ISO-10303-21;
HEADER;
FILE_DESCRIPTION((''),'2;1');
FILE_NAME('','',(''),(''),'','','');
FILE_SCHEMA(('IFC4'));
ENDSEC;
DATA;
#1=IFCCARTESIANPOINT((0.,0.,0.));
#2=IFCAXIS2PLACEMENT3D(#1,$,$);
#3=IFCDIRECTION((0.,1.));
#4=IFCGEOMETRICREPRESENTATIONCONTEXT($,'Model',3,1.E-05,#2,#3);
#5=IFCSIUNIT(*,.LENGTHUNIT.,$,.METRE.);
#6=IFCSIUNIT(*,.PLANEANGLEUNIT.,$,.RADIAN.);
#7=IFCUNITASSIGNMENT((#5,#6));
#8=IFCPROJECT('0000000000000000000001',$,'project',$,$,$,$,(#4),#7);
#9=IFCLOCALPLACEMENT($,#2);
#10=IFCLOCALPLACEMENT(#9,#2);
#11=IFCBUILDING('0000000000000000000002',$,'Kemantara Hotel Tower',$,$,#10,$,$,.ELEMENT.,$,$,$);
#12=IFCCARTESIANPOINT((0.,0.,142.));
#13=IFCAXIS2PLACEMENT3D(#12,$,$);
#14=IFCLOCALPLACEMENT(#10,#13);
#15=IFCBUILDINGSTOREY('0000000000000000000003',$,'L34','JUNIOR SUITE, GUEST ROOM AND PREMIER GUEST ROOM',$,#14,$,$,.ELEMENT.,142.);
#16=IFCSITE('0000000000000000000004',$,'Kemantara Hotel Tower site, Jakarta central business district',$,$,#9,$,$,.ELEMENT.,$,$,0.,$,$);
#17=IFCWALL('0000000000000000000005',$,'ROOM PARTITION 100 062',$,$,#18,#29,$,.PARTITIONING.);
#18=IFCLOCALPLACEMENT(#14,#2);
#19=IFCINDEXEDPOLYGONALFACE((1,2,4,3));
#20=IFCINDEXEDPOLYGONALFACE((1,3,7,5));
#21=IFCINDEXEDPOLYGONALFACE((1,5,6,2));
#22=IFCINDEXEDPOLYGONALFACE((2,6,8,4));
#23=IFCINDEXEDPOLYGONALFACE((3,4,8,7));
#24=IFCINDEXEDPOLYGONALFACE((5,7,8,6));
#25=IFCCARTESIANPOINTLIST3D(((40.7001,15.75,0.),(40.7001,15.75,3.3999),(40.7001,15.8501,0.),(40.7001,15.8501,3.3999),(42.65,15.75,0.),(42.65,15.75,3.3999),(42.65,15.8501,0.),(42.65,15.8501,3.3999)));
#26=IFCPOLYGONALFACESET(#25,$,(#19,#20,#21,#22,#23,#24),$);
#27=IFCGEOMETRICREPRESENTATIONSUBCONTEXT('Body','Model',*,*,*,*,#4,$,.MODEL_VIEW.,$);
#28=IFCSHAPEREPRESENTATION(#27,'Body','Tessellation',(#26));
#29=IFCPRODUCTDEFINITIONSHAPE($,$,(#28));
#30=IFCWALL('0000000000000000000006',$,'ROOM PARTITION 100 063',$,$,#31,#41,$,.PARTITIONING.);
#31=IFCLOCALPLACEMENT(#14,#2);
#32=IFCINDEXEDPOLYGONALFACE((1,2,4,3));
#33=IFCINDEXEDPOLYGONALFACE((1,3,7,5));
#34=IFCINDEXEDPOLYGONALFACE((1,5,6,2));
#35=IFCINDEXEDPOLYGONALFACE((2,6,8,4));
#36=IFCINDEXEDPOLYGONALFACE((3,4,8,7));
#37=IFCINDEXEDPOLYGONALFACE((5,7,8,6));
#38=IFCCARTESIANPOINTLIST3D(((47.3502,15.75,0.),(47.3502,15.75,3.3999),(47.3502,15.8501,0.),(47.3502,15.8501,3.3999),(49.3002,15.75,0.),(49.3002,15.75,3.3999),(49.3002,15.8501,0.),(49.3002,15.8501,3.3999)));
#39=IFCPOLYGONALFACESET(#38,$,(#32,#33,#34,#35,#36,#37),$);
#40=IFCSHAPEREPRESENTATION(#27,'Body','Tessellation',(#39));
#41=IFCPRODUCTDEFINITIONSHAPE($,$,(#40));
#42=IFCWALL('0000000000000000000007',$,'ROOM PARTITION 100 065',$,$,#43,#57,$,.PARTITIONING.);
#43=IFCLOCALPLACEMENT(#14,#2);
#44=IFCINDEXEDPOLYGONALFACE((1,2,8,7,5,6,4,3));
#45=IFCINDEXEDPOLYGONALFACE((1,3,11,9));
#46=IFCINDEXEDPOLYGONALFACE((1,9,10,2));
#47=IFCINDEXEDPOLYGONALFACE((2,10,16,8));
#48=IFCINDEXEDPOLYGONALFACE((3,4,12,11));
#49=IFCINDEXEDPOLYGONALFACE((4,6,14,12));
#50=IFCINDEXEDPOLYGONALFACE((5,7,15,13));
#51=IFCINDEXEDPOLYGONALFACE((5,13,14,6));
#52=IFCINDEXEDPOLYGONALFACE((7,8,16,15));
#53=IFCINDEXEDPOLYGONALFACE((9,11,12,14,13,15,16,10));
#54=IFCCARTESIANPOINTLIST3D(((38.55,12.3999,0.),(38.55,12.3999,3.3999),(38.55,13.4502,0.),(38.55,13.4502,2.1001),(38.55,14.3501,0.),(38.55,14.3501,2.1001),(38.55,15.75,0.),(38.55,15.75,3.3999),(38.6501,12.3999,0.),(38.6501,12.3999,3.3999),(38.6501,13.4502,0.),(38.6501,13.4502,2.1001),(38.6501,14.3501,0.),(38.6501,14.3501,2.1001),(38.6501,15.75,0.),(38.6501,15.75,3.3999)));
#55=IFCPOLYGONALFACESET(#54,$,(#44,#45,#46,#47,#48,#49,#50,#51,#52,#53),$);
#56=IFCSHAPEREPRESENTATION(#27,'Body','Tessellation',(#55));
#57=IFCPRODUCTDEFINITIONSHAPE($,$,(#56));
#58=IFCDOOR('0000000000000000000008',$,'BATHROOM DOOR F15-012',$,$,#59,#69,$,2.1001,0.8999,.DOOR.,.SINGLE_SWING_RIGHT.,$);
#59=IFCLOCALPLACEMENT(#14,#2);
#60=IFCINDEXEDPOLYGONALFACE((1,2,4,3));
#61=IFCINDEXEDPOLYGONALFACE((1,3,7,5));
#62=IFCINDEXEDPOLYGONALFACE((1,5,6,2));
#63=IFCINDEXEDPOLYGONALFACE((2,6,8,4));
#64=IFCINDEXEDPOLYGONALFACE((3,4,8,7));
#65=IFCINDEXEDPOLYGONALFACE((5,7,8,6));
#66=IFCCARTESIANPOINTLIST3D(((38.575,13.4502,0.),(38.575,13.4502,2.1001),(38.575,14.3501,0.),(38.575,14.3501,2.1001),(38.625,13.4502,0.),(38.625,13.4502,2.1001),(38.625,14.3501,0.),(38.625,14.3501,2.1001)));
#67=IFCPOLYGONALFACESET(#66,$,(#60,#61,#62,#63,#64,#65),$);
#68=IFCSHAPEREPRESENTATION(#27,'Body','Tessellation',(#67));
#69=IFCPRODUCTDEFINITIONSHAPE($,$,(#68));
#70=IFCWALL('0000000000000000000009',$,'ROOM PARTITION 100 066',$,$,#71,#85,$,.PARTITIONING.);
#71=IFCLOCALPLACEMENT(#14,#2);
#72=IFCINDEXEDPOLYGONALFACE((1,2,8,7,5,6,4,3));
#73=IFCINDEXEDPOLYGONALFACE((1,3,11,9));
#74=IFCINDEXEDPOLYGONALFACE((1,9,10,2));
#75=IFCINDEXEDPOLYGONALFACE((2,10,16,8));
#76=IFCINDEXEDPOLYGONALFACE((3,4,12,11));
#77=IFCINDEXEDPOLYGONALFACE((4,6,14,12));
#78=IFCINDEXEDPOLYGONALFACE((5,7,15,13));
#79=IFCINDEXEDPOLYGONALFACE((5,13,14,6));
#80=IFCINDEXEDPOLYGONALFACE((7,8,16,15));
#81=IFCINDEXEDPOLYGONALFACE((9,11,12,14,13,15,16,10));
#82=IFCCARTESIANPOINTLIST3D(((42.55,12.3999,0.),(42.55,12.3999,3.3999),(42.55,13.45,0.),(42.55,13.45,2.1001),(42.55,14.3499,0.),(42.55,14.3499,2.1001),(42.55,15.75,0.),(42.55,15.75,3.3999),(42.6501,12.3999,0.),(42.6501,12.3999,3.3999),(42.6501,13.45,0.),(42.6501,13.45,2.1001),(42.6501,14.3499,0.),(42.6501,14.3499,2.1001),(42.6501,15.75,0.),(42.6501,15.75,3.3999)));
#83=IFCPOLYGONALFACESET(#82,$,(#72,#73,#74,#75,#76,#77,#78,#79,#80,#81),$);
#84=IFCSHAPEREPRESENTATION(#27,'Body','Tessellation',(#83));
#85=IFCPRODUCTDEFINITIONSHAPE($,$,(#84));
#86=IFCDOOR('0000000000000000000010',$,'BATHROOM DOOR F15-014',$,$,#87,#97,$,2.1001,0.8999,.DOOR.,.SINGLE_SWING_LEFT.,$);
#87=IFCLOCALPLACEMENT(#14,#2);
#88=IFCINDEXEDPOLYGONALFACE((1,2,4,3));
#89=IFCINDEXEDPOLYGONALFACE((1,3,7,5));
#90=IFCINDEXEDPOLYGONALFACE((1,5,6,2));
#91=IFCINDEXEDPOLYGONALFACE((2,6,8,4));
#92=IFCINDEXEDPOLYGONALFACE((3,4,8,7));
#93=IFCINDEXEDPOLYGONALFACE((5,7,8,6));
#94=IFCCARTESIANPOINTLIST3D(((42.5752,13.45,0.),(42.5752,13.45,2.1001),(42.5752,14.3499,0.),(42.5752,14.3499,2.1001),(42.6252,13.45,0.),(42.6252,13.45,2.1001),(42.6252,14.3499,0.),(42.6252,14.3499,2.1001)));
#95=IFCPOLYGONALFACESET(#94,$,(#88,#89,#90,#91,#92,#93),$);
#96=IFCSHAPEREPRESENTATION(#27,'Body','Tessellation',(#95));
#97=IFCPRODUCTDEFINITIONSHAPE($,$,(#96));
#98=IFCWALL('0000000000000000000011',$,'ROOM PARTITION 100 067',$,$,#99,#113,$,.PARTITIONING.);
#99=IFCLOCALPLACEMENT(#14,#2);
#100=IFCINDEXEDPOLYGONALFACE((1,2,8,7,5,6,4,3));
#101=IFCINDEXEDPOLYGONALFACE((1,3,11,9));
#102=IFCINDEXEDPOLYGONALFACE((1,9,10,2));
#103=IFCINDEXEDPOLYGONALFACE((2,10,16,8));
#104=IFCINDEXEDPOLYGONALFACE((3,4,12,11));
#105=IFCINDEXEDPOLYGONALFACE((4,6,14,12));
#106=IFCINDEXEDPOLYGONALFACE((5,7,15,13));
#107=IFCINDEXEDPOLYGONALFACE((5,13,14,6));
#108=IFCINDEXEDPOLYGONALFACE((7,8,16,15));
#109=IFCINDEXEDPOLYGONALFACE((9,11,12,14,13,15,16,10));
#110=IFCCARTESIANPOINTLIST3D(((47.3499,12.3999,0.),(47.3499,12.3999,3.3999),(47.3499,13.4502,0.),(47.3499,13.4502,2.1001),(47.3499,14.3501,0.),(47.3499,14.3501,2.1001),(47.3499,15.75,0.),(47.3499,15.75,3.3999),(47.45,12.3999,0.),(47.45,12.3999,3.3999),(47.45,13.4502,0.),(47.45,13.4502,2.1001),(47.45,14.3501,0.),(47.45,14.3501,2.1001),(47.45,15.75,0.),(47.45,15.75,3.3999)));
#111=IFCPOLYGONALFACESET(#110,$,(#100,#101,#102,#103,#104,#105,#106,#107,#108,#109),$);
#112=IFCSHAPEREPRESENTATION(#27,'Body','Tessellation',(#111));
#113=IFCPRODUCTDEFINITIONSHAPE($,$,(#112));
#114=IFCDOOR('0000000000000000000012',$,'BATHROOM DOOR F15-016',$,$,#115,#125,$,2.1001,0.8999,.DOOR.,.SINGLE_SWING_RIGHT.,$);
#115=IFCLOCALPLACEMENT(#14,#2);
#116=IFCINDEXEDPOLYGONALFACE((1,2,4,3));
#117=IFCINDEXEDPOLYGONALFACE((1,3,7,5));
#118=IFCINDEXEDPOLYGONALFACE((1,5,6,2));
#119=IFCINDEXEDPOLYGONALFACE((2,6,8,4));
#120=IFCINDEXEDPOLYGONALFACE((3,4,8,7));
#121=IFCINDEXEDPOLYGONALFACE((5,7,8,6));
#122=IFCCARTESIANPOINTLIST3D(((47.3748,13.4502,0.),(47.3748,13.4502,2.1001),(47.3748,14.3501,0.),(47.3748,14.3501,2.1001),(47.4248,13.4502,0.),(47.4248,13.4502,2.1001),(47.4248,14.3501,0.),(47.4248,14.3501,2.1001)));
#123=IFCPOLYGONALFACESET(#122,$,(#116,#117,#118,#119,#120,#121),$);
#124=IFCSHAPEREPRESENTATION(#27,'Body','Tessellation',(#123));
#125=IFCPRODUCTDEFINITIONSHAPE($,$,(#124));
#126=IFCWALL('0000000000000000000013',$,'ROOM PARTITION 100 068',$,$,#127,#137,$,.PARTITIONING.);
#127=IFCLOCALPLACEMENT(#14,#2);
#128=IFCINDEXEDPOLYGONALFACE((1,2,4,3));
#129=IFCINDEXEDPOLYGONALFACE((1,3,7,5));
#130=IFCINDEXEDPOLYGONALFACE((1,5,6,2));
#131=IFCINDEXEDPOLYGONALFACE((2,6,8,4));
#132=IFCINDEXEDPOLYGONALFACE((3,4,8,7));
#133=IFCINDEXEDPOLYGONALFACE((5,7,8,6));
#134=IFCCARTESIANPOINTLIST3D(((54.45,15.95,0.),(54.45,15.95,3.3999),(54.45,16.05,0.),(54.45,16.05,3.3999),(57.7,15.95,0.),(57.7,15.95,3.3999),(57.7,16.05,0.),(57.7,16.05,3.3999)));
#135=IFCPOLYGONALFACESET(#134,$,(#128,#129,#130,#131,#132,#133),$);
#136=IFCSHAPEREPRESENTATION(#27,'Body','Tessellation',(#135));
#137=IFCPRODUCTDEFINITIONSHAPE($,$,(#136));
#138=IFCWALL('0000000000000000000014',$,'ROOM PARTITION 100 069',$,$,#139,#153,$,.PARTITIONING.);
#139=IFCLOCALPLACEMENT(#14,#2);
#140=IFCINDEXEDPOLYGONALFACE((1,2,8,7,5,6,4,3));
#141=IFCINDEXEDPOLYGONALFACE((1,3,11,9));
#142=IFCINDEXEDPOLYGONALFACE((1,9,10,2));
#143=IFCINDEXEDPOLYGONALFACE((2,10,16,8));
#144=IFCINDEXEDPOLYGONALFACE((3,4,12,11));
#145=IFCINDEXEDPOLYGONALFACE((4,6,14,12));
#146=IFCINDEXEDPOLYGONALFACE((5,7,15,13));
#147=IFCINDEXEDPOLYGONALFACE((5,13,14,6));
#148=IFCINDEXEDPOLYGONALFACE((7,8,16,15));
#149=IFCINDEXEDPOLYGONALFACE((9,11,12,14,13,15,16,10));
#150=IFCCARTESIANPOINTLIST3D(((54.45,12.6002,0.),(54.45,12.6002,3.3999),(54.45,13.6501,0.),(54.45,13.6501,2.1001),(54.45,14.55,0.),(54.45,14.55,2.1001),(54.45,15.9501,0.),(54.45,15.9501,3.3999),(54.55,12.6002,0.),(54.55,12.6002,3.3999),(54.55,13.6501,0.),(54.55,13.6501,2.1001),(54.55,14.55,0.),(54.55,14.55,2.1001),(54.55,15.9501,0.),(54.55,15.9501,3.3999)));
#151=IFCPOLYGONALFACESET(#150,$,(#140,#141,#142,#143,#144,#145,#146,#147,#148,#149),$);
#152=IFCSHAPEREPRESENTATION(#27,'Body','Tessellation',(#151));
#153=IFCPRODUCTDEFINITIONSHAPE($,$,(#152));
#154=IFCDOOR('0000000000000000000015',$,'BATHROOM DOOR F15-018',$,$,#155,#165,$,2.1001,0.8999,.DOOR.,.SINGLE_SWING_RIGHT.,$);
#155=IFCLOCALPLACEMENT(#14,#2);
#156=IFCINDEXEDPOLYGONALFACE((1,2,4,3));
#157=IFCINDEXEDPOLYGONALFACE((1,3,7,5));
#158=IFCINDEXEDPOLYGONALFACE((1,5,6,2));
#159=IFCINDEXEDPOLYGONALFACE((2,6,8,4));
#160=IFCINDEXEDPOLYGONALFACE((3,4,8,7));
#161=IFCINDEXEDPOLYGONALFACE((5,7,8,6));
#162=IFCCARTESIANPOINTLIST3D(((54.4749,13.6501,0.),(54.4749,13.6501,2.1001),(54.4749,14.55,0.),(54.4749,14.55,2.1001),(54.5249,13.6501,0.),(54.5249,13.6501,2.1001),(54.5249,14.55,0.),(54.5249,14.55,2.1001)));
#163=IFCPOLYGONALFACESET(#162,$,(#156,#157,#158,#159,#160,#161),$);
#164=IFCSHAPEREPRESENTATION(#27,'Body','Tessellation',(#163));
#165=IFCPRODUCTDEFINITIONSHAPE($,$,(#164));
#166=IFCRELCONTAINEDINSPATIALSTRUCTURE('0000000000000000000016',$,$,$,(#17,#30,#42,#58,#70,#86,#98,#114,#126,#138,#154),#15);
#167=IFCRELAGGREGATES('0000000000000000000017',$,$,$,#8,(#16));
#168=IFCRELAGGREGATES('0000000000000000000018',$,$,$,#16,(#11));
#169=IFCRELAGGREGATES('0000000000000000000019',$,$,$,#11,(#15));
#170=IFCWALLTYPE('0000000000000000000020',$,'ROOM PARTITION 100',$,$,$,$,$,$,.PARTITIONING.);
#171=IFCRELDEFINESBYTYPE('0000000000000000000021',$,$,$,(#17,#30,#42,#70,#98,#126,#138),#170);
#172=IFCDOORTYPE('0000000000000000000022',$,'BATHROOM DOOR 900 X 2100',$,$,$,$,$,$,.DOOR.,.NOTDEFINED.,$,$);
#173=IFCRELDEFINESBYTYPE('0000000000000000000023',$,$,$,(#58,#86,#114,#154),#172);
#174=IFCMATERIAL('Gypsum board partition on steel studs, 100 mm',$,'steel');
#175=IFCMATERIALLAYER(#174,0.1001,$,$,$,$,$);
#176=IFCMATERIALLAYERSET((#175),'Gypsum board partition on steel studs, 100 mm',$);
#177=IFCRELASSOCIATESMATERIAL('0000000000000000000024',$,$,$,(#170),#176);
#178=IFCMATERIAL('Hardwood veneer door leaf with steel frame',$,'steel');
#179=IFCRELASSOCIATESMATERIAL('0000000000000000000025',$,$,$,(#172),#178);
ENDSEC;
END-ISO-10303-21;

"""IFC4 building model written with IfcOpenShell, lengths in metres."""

from ifc_helpers import new_model, si_unit, direction, frame, frame_2d, origin, place, context, subcontext, project, spatial, rectangle, extrude, material, layer, layer_set, type_object, element, fill, save


model = new_model("IFC4")

# Units and contexts
model_context = context("Model", 3, precision=1e-05, world=origin(), true_north=direction((0.0, 1.0)))
body_context = subcontext(model_context, "Body", "Model", "MODEL_VIEW")
ifc_project = project(units=[si_unit("LENGTHUNIT", "METRE"), si_unit("PLANEANGLEUNIT", "RADIAN")], contexts=[model_context])

# Site, building, storey
site_placement = place(None, origin())
site = spatial("IfcSite", under=ifc_project, at=site_placement, Name="Kemantara Hotel Tower site, Jakarta central business district", CompositionType="ELEMENT", RefElevation=0.0)
building_placement = place(site_placement, origin())
building = spatial("IfcBuilding", under=site, at=building_placement, Name="Kemantara Hotel Tower", CompositionType="ELEMENT")
storey_placement = place(building_placement, frame((0.0, 0.0, 142.0)))
storey = spatial("IfcBuildingStorey", under=building, at=storey_placement, Name="L34", Description="JUNIOR SUITE, GUEST ROOM AND PREMIER GUEST ROOM", CompositionType="ELEMENT", Elevation=142.0)

# Walls
ifc_material_1 = material(Name="Gypsum board partition on steel studs, 100 mm", Category="steel")
ifc_layer_1 = layer(ifc_material_1, 0.1001)
ifc_layer_set_1 = layer_set([ifc_layer_1], Name="Gypsum board partition on steel studs, 100 mm")
wall_type_1 = type_object("IfcWallType", Name="ROOM PARTITION 100", PredefinedType="PARTITIONING", material=ifc_layer_set_1)
for number, where, z_axis, x_axis, name in (
    (1, (40.7, 15.8, 0.0), (0.0, 0.0, 1.0), (1.0, 0.0, 0.0), "ROOM PARTITION 100 062"),
    (2, (47.3501, 15.8, 0.0), (0.0, 0.0, 1.0), (1.0, 0.0, 0.0), "ROOM PARTITION 100 063"),
):
    element("IfcWall", number, at=place(storey_placement, frame(where, z_axis=z_axis, x_axis=x_axis)), inside=storey, type_object=wall_type_1, Name=name, PredefinedType="PARTITIONING", context=body_context, shape_type="SweptSolid", body=[
        extrude(rectangle(XDim=1.95, YDim=0.1001, at=frame_2d((0.9751, 0.0))), origin(), (0.0, 0.0, 1.0), 3.3999),
    ])

# Walls, openings, doors
wall_1_placement = place(storey_placement, frame((38.6001, 15.75, 0.0), z_axis=(0.0, 0.0, 1.0), x_axis=(0.0, -1.0, 0.0)))
wall_1 = element("IfcWall", 3, at=wall_1_placement, inside=storey, type_object=wall_type_1, Name="ROOM PARTITION 100 065", PredefinedType="PARTITIONING", context=body_context, shape_type="SweptSolid", body=[
    extrude(rectangle(XDim=3.3501, YDim=0.1001, at=frame_2d((1.675, 0.0))), origin(), (0.0, 0.0, 1.0), 3.3999),
])
opening_1_placement = place(wall_1_placement, frame((1.3999, 0.0, 0.0)))
opening_1 = element("IfcOpeningElement", 4, at=opening_1_placement, cuts=wall_1, PredefinedType="OPENING", context=body_context, shape_type="SweptSolid", body=[
    extrude(rectangle(XDim=0.8999, YDim=2.1001, at=frame_2d((0.45, 1.05))), frame((0.0, 0.0601, 0.0), z_axis=(0.0, -1.0, 0.0), x_axis=(1.0, 0.0, 0.0)), (0.0, 0.0, 1.0), 0.1201),
])
ifc_material_2 = material(Name="Hardwood veneer door leaf with steel frame", Category="steel")
door_type = type_object("IfcDoorType", Name="BATHROOM DOOR 900 X 2100", OperationType="NOTDEFINED", PredefinedType="DOOR", material=ifc_material_2)
door_1_placement = place(opening_1_placement, origin())
door_1 = element("IfcDoor", 5, at=door_1_placement, inside=storey, type_object=door_type, Name="BATHROOM DOOR F15-012", OperationType="SINGLE_SWING_RIGHT", OverallHeight=2.1001, OverallWidth=0.8999, PredefinedType="DOOR", context=body_context, shape_type="SweptSolid", body=[
    extrude(rectangle(XDim=0.8999, YDim=2.1001, at=frame_2d((0.45, 1.05))), frame((0.0, 0.0249, 0.0), z_axis=(0.0, -1.0, 0.0), x_axis=(1.0, 0.0, 0.0)), (0.0, 0.0, 1.0), 0.05),
])
fill(opening_1, door_1)
wall_2_placement = place(storey_placement, frame((42.6001, 12.3999, 0.0), z_axis=(0.0, 0.0, 1.0), x_axis=(0.0, 1.0, 0.0)))
wall_2 = element("IfcWall", 6, at=wall_2_placement, inside=storey, type_object=wall_type_1, Name="ROOM PARTITION 100 066", PredefinedType="PARTITIONING", context=body_context, shape_type="SweptSolid", body=[
    extrude(rectangle(XDim=3.3501, YDim=0.1001, at=frame_2d((1.675, 0.0))), origin(), (0.0, 0.0, 1.0), 3.3999),
])
opening_2_placement = place(wall_2_placement, frame((1.05, 0.0, 0.0)))
opening_2 = element("IfcOpeningElement", 7, at=opening_2_placement, cuts=wall_2, PredefinedType="OPENING", context=body_context, shape_type="SweptSolid", body=[
    extrude(rectangle(XDim=0.8999, YDim=2.1001, at=frame_2d((0.45, 1.05))), frame((0.0, 0.0601, 0.0), z_axis=(0.0, -1.0, 0.0), x_axis=(1.0, 0.0, 0.0)), (0.0, 0.0, 1.0), 0.1201),
])
door_2_placement = place(opening_2_placement, origin())
door_2 = element("IfcDoor", 8, at=door_2_placement, inside=storey, type_object=door_type, Name="BATHROOM DOOR F15-014", OperationType="SINGLE_SWING_LEFT", OverallHeight=2.1001, OverallWidth=0.8999, PredefinedType="DOOR", context=body_context, shape_type="SweptSolid", body=[
    extrude(rectangle(XDim=0.8999, YDim=2.1001, at=frame_2d((0.45, 1.05))), frame((0.0, 0.0249, 0.0), z_axis=(0.0, -1.0, 0.0), x_axis=(1.0, 0.0, 0.0)), (0.0, 0.0, 1.0), 0.05),
])
fill(opening_2, door_2)
wall_3_placement = place(storey_placement, frame((47.3999, 15.75, 0.0), z_axis=(0.0, 0.0, 1.0), x_axis=(0.0, -1.0, 0.0)))
wall_3 = element("IfcWall", 9, at=wall_3_placement, inside=storey, type_object=wall_type_1, Name="ROOM PARTITION 100 067", PredefinedType="PARTITIONING", context=body_context, shape_type="SweptSolid", body=[
    extrude(rectangle(XDim=3.3501, YDim=0.1001, at=frame_2d((1.675, 0.0))), origin(), (0.0, 0.0, 1.0), 3.3999),
])
opening_3_placement = place(wall_3_placement, frame((1.3999, 0.0, 0.0)))
opening_3 = element("IfcOpeningElement", 10, at=opening_3_placement, cuts=wall_3, PredefinedType="OPENING", context=body_context, shape_type="SweptSolid", body=[
    extrude(rectangle(XDim=0.8999, YDim=2.1001, at=frame_2d((0.45, 1.05))), frame((0.0, 0.0601, 0.0), z_axis=(0.0, -1.0, 0.0), x_axis=(1.0, 0.0, 0.0)), (0.0, 0.0, 1.0), 0.1201),
])
door_3_placement = place(opening_3_placement, origin())
door_3 = element("IfcDoor", 11, at=door_3_placement, inside=storey, type_object=door_type, Name="BATHROOM DOOR F15-016", OperationType="SINGLE_SWING_RIGHT", OverallHeight=2.1001, OverallWidth=0.8999, PredefinedType="DOOR", context=body_context, shape_type="SweptSolid", body=[
    extrude(rectangle(XDim=0.8999, YDim=2.1001, at=frame_2d((0.45, 1.05))), frame((0.0, 0.0249, 0.0), z_axis=(0.0, -1.0, 0.0), x_axis=(1.0, 0.0, 0.0)), (0.0, 0.0, 1.0), 0.05),
])
fill(opening_3, door_3)

# Wall
wall_4_placement = place(storey_placement, frame((54.45, 16.0, 0.0), z_axis=(0.0, 0.0, 1.0), x_axis=(1.0, 0.0, 0.0)))
element("IfcWall", 12, at=wall_4_placement, inside=storey, type_object=wall_type_1, Name="ROOM PARTITION 100 068", PredefinedType="PARTITIONING", context=body_context, shape_type="SweptSolid", body=[
    extrude(rectangle(XDim=3.25, YDim=0.1001, at=frame_2d((1.625, 0.0))), origin(), (0.0, 0.0, 1.0), 3.3999),
])

# Wall, opening, door
wall_5_placement = place(storey_placement, frame((54.5, 15.95, 0.0), z_axis=(0.0, 0.0, 1.0), x_axis=(0.0, -1.0, 0.0)))
wall_5 = element("IfcWall", 13, at=wall_5_placement, inside=storey, type_object=wall_type_1, Name="ROOM PARTITION 100 069", PredefinedType="PARTITIONING", context=body_context, shape_type="SweptSolid", body=[
    extrude(rectangle(XDim=3.3499, YDim=0.1001, at=frame_2d((1.6748, 0.0))), origin(), (0.0, 0.0, 1.0), 3.3999),
])
opening_4_placement = place(wall_5_placement, frame((1.3999, 0.0, 0.0)))
opening_4 = element("IfcOpeningElement", 14, at=opening_4_placement, cuts=wall_5, PredefinedType="OPENING", context=body_context, shape_type="SweptSolid", body=[
    extrude(rectangle(XDim=0.8999, YDim=2.1001, at=frame_2d((0.45, 1.05))), frame((0.0, 0.0601, 0.0), z_axis=(0.0, -1.0, 0.0), x_axis=(1.0, 0.0, 0.0)), (0.0, 0.0, 1.0), 0.1201),
])
door_4_placement = place(opening_4_placement, origin())
door_4 = element("IfcDoor", 15, at=door_4_placement, inside=storey, type_object=door_type, Name="BATHROOM DOOR F15-018", OperationType="SINGLE_SWING_RIGHT", OverallHeight=2.1001, OverallWidth=0.8999, PredefinedType="DOOR", context=body_context, shape_type="SweptSolid", body=[
    extrude(rectangle(XDim=0.8999, YDim=2.1001, at=frame_2d((0.45, 1.05))), frame((0.0, 0.0249, 0.0), z_axis=(0.0, -1.0, 0.0), x_axis=(1.0, 0.0, 0.0)), (0.0, 0.0, 1.0), 0.05),
])
fill(opening_4, door_4)

save(model, "model.ifc")
